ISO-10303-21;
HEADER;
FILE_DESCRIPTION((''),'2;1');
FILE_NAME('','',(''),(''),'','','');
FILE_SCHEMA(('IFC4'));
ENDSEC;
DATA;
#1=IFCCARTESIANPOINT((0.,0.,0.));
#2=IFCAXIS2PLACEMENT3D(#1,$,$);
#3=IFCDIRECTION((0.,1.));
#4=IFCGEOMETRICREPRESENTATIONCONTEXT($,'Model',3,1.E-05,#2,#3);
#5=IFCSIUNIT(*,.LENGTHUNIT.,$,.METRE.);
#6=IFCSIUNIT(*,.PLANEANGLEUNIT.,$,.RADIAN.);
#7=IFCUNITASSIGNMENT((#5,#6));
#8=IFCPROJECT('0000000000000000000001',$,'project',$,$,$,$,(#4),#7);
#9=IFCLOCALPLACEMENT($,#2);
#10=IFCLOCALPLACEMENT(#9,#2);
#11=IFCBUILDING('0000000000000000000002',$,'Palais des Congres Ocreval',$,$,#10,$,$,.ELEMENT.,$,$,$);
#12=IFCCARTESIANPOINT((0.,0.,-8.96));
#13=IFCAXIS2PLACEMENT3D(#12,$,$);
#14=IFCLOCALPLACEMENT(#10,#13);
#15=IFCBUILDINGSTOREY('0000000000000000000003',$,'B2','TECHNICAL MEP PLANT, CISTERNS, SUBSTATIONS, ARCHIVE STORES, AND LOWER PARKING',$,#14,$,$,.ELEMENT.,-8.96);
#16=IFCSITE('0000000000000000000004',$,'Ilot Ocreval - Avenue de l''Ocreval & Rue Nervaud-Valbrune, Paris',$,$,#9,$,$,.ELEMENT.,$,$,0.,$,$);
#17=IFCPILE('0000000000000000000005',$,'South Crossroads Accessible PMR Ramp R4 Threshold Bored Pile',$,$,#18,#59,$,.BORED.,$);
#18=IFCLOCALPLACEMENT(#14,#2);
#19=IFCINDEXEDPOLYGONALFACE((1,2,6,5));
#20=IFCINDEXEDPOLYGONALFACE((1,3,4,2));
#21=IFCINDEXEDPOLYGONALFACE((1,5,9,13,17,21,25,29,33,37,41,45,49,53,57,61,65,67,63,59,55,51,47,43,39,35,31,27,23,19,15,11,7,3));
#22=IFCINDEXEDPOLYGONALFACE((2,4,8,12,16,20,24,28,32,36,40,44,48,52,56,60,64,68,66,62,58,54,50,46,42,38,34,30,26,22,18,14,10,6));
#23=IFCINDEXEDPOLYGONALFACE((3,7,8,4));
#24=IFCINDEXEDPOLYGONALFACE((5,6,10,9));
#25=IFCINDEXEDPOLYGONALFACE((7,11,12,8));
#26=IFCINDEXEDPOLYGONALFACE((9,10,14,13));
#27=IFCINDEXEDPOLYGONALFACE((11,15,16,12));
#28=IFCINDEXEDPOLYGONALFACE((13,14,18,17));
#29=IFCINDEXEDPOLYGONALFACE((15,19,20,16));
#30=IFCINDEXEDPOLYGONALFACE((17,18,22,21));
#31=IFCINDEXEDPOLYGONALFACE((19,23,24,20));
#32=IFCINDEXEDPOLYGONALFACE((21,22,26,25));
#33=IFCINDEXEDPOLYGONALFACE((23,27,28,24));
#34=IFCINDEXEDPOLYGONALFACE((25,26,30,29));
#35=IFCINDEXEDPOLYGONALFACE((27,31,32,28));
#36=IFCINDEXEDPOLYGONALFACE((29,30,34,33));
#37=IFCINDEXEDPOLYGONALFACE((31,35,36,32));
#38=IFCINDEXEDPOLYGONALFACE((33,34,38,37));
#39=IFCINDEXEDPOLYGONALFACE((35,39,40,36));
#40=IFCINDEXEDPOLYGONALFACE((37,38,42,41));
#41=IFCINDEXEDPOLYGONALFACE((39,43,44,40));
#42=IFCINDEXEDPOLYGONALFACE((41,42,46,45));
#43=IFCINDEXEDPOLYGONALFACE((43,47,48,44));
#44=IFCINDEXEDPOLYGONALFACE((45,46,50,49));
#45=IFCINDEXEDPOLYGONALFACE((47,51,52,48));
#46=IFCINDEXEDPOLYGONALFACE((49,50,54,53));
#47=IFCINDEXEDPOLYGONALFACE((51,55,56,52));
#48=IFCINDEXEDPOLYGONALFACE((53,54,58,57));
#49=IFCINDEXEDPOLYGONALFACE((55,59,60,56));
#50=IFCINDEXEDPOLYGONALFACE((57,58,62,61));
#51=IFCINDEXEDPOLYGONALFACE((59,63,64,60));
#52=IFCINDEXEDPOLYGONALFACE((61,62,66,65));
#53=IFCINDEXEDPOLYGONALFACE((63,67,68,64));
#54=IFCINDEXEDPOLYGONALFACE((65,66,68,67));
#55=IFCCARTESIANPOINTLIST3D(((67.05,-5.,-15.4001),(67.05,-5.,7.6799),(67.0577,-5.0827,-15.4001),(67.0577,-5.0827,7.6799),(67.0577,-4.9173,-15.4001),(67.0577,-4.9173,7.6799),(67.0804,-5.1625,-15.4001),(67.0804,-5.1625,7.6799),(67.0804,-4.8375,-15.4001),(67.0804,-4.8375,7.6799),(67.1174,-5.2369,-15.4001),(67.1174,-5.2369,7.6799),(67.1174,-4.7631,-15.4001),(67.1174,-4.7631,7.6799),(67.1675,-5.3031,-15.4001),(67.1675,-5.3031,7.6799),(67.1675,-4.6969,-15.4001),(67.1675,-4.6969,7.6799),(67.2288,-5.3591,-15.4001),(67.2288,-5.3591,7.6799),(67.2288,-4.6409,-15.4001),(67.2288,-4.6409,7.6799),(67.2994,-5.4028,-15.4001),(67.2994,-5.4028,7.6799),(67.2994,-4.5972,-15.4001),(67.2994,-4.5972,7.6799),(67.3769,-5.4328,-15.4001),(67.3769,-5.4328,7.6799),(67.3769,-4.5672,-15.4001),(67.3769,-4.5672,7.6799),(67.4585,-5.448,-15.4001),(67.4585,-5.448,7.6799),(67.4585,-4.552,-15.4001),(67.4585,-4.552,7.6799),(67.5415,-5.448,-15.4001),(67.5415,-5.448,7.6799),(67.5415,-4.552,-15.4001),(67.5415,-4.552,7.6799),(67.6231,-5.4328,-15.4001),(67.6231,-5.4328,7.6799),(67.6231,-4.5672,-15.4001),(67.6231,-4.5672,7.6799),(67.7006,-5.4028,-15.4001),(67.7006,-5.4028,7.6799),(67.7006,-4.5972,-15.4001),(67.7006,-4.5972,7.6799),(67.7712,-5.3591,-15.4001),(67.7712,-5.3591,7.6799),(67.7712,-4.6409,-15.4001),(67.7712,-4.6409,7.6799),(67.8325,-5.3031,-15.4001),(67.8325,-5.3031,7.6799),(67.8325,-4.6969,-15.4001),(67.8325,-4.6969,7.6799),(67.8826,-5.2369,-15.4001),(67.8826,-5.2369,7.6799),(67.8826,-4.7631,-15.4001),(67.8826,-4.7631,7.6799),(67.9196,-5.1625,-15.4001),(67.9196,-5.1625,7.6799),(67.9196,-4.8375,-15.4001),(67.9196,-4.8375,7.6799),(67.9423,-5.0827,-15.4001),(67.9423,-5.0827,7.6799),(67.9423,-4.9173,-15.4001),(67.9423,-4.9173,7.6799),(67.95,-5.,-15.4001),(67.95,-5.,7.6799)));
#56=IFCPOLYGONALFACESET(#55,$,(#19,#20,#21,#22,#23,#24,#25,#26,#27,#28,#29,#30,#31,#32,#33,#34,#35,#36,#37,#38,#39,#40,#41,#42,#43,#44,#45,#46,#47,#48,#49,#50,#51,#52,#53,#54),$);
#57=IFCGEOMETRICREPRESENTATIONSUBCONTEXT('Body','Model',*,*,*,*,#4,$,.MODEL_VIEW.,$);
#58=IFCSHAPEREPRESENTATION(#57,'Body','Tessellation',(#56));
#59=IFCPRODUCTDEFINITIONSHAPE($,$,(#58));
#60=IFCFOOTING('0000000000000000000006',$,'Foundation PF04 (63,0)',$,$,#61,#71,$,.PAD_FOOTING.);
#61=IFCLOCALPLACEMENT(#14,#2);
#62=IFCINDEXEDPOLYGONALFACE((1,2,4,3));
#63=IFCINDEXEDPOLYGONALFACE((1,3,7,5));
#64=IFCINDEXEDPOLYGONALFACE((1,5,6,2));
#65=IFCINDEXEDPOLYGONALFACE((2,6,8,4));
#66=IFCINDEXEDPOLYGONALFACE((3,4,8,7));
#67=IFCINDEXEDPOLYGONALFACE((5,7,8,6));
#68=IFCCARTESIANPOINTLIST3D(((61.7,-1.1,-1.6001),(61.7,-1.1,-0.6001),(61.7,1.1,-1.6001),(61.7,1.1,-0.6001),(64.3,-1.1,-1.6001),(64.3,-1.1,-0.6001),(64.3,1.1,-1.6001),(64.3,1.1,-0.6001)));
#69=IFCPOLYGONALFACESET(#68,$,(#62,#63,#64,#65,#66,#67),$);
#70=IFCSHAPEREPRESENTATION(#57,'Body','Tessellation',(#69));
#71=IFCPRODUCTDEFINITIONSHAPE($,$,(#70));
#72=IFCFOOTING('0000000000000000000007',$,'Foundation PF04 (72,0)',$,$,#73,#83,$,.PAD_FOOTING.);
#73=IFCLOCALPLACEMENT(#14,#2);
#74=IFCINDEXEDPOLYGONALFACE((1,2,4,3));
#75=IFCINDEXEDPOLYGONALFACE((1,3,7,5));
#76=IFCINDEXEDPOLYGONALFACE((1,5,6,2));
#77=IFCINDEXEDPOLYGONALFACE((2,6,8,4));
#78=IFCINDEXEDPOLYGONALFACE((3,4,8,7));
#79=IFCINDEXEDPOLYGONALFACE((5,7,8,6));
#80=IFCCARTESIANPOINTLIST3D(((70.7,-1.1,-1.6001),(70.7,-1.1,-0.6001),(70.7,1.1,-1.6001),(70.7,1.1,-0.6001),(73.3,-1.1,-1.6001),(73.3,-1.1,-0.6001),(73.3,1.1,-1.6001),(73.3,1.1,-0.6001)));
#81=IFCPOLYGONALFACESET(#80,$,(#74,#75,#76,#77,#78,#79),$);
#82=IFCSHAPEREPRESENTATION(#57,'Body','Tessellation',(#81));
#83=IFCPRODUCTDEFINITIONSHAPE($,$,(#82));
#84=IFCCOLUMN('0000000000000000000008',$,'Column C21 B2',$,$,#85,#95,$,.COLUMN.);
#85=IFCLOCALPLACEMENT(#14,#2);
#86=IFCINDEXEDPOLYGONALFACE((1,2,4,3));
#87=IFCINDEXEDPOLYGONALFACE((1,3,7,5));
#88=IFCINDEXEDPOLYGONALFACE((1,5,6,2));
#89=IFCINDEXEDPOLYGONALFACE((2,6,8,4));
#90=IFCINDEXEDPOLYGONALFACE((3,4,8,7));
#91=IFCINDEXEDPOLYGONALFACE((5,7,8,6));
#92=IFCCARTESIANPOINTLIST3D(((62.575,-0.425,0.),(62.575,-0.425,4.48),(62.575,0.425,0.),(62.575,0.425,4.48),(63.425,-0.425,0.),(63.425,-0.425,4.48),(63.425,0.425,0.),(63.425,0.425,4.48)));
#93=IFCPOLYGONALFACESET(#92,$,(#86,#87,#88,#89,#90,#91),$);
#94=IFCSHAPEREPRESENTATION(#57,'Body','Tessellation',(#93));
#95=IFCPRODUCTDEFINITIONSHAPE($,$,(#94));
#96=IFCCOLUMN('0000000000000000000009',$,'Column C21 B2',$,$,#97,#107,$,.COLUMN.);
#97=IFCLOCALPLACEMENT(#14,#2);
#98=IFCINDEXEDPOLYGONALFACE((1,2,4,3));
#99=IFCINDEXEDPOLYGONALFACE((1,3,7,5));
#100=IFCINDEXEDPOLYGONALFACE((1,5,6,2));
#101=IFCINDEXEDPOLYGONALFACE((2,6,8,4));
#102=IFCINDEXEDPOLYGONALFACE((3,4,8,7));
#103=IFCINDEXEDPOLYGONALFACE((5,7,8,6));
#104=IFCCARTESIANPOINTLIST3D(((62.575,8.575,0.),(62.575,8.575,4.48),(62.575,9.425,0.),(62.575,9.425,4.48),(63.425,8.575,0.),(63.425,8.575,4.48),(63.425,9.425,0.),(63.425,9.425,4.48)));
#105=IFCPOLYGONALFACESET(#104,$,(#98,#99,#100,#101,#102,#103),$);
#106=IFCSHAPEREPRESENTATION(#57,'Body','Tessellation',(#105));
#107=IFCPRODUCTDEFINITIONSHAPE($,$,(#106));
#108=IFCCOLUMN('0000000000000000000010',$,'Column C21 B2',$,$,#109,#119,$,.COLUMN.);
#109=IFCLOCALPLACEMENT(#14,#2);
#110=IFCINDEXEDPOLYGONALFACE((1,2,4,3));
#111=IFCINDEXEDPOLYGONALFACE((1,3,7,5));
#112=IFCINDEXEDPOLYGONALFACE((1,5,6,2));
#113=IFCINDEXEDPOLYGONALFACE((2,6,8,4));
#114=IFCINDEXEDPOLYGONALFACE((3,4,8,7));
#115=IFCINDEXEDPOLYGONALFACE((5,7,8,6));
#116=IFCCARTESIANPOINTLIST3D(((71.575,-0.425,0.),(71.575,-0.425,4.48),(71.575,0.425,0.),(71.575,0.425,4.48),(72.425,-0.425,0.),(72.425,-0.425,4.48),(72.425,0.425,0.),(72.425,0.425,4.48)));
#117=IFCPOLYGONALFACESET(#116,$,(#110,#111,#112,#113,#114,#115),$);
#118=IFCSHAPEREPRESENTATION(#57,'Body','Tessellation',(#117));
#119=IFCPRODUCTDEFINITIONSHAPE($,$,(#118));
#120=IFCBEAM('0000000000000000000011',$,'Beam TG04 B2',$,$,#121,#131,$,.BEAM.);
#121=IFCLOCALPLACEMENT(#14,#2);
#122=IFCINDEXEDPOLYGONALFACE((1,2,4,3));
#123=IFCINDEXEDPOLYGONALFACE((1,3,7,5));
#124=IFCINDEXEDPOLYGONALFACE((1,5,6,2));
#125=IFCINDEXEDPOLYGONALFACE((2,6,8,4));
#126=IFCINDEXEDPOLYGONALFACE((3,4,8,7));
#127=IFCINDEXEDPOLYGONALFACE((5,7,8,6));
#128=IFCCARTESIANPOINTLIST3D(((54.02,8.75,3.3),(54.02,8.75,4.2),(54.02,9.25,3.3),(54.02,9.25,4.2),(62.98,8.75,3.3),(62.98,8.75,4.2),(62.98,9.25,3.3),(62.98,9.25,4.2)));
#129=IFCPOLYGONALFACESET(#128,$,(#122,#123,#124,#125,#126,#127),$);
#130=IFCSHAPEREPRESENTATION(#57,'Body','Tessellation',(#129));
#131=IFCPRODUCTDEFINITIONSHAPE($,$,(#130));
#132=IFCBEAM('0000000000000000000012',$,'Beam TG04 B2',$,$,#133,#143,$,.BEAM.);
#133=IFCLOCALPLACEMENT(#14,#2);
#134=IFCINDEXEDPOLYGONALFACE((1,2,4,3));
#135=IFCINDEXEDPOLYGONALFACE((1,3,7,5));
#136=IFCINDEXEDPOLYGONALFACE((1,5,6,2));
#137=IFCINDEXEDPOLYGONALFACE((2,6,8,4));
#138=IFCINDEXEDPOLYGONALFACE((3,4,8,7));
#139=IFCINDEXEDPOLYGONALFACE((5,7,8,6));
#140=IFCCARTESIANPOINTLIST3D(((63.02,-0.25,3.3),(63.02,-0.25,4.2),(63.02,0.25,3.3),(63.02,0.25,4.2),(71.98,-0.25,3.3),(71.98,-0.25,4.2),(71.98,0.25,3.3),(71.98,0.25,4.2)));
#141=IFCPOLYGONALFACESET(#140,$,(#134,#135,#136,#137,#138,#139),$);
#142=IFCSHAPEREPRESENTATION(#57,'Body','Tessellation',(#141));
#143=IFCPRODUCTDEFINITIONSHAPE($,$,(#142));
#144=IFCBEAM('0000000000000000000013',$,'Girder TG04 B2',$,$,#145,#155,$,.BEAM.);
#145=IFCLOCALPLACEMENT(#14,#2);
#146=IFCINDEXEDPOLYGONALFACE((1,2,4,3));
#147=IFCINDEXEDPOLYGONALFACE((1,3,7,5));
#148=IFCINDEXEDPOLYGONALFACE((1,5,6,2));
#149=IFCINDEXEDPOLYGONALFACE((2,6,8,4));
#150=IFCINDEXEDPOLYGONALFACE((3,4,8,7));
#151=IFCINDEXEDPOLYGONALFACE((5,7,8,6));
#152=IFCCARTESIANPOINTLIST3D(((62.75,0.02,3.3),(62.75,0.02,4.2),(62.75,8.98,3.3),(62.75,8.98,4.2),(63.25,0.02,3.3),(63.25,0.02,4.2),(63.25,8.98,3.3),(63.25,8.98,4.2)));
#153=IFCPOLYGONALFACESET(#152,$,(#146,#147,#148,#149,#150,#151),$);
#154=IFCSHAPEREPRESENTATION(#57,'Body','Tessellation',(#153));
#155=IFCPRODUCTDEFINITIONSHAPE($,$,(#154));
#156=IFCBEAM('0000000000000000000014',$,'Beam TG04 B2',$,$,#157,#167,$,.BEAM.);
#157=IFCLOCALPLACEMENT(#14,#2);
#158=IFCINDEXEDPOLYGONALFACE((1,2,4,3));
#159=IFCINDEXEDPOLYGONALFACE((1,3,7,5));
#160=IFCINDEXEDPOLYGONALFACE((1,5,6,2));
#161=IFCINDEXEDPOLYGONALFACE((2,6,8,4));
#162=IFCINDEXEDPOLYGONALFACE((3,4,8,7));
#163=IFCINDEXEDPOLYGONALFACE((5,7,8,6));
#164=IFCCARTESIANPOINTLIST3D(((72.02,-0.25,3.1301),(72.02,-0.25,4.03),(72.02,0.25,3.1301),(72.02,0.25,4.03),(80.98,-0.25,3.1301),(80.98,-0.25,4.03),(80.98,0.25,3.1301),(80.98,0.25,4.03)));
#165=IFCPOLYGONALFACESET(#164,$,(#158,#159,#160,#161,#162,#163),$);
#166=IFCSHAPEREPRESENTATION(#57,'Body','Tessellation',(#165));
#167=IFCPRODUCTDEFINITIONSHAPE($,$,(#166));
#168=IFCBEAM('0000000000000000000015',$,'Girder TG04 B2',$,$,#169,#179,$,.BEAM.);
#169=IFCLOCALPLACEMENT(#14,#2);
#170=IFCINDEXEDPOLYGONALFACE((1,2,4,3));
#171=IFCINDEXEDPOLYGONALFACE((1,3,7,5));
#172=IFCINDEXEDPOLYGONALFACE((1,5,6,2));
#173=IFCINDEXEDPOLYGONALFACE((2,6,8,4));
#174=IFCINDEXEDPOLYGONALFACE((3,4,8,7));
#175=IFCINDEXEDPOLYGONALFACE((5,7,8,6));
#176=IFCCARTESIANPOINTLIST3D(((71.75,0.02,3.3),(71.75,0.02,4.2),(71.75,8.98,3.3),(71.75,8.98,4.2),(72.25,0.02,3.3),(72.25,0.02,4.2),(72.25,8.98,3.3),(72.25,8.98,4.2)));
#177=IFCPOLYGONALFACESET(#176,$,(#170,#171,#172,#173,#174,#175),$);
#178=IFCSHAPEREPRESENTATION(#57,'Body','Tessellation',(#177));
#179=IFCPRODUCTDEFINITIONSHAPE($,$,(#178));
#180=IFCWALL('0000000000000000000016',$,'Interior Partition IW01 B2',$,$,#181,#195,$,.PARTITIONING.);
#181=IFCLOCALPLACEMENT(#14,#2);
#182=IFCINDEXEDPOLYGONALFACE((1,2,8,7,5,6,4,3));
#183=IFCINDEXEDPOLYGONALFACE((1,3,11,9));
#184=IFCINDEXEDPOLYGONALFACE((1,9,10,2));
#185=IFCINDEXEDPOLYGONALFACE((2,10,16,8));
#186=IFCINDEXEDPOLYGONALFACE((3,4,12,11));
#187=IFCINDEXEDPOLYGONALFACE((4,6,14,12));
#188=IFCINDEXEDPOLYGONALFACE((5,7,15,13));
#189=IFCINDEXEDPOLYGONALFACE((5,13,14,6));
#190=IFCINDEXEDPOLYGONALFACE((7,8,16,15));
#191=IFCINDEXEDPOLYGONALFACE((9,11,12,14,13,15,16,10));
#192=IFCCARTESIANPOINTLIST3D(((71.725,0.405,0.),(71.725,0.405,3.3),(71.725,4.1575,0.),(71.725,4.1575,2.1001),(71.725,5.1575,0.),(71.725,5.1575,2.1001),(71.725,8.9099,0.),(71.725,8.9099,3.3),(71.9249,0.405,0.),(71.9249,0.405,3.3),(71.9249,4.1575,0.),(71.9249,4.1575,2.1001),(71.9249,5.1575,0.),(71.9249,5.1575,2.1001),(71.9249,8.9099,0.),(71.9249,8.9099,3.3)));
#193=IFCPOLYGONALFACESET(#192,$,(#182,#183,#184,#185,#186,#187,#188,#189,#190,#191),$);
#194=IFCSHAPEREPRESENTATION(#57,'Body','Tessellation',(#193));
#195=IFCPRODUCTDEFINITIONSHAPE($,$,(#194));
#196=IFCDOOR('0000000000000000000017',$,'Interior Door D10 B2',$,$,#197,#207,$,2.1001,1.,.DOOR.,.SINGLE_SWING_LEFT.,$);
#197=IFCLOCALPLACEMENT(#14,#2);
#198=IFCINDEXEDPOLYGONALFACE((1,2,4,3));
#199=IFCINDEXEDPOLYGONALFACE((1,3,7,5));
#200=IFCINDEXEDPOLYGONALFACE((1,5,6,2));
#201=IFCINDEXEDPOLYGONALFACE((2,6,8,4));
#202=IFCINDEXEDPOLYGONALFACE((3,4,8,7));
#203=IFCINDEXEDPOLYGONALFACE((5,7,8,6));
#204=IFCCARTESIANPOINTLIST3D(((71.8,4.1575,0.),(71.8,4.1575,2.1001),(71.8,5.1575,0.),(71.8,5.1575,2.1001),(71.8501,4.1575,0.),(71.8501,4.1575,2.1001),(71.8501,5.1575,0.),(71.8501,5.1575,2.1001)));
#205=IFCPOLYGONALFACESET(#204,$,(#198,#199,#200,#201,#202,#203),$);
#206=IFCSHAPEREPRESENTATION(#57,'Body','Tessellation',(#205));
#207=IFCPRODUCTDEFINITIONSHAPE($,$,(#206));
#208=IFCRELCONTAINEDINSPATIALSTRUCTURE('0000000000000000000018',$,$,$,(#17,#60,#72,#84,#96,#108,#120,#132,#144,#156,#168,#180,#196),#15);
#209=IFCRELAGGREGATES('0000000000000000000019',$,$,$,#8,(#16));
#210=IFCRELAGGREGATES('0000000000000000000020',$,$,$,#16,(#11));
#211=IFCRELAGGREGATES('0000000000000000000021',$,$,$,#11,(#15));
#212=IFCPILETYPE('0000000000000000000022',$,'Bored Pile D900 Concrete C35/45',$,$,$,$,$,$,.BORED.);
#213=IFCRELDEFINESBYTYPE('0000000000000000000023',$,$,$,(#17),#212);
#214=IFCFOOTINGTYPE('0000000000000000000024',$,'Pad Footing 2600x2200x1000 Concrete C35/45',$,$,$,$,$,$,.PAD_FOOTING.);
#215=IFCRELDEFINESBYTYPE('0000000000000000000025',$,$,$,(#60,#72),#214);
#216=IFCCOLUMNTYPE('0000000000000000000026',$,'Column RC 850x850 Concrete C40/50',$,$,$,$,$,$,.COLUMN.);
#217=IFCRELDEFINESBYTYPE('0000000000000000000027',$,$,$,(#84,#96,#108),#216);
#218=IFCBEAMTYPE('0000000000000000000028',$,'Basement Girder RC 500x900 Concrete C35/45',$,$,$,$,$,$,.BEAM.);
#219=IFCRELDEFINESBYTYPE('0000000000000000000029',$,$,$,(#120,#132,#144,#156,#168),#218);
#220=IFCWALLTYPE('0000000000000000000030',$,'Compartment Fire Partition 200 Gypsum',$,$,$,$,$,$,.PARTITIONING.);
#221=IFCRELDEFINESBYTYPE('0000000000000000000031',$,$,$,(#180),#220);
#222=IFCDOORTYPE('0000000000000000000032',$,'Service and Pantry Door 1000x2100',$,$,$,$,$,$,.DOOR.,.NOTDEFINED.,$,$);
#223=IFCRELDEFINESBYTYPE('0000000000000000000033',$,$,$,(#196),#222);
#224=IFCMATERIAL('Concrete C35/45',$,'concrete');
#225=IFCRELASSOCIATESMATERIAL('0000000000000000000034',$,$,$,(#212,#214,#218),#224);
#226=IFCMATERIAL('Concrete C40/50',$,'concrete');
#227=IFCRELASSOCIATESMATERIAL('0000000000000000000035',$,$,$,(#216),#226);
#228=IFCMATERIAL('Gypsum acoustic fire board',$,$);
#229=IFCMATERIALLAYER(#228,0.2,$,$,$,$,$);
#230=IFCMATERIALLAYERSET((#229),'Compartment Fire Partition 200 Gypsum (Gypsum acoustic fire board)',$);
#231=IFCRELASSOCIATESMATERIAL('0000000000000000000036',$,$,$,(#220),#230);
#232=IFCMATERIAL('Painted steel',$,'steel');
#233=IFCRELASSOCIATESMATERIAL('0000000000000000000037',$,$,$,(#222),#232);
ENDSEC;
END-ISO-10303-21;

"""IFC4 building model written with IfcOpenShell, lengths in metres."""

from ifc_helpers import new_model, si_unit, direction, frame, frame_2d, origin, origin_2d, place, context, subcontext, project, spatial, rectangle, circle, extrude, material, layer, layer_set, material_profile, profile_set, type_object, element, fill, save


model = new_model("IFC4")

# Units and contexts
model_context = context("Model", 3, precision=1e-05, world=origin(), true_north=direction((0.0, 1.0)))
body_context = subcontext(model_context, "Body", "Model", "MODEL_VIEW")
ifc_project = project(units=[si_unit("LENGTHUNIT", "METRE"), si_unit("PLANEANGLEUNIT", "RADIAN")], contexts=[model_context])

# Site, building, storey
site_placement = place(None, origin())
site = spatial("IfcSite", under=ifc_project, at=site_placement, Name="Ilot Ocreval - Avenue de l'Ocreval & Rue Nervaud-Valbrune, Paris", CompositionType="ELEMENT", RefElevation=0.0)
building_placement = place(site_placement, origin())
building = spatial("IfcBuilding", under=site, at=building_placement, Name="Palais des Congres Ocreval", CompositionType="ELEMENT")
storey_placement = place(building_placement, frame((0.0, 0.0, -8.96)))
storey = spatial("IfcBuildingStorey", under=building, at=storey_placement, Name="B2", Description="TECHNICAL MEP PLANT, CISTERNS, SUBSTATIONS, ARCHIVE STORES, AND LOWER PARKING", CompositionType="ELEMENT", Elevation=-8.96)

# Pile
ifc_material_1 = material(Name="Concrete C35/45", Category="concrete")
ifc_material_profile_1 = material_profile(ifc_material_1, circle(Radius=0.45, at=origin_2d()), Name="BORED PILE 900")
ifc_profile_set_1 = profile_set([ifc_material_profile_1], Name="Concrete C35/45")
pile_type = type_object("IfcPileType", Name="Bored Pile D900 Concrete C35/45", PredefinedType="BORED", material=ifc_profile_set_1)
pile_placement = place(storey_placement, frame((67.5, -5.0, 7.6799), z_axis=(0.0, 0.0, -1.0), x_axis=(1.0, 0.0, 0.0)))
element("IfcPile", 1, at=pile_placement, inside=storey, type_object=pile_type, Name="South Crossroads Accessible PMR Ramp R4 Threshold Bored Pile", PredefinedType="BORED", context=body_context, shape_type="SweptSolid", body=[
    extrude(circle(Radius=0.45, at=origin_2d()), origin(), (0.0, 0.0, 1.0), 23.0801),
])

# Footings
footing_type = type_object("IfcFootingType", Name="Pad Footing 2600x2200x1000 Concrete C35/45", PredefinedType="PAD_FOOTING", material=ifc_material_1)
for number, where, z_axis, x_axis, name in (
    (2, (63.0, 0.0, -1.6001), (0.0, 0.0, 1.0), (1.0, 0.0, 0.0), "Foundation PF04 (63,0)"),
    (3, (72.0, 0.0, -1.6001), (0.0, 0.0, 1.0), (1.0, 0.0, 0.0), "Foundation PF04 (72,0)"),
):
    element("IfcFooting", number, at=place(storey_placement, frame(where, z_axis=z_axis, x_axis=x_axis)), inside=storey, type_object=footing_type, Name=name, PredefinedType="PAD_FOOTING", context=body_context, shape_type="SweptSolid", body=[
        extrude(rectangle(XDim=2.6001, YDim=2.2, at=origin_2d()), origin(), (0.0, 0.0, 1.0), 1.0),
    ])

# Columns
ifc_material_2 = material(Name="Concrete C40/50", Category="concrete")
ifc_material_profile_2 = material_profile(ifc_material_2, rectangle(XDim=0.8501, YDim=0.8501, at=origin_2d()), Name="RC 850x850")
ifc_profile_set_2 = profile_set([ifc_material_profile_2], Name="Concrete C40/50")
column_type = type_object("IfcColumnType", Name="Column RC 850x850 Concrete C40/50", PredefinedType="COLUMN", material=ifc_profile_set_2)
for number, where, z_axis, x_axis, name in (
    (4, (63.0, 0.0, 0.0), (0.0, 0.0, 1.0), (1.0, 0.0, 0.0), "Column C21 B2"),
    (5, (63.0, 9.0, 0.0), (0.0, 0.0, 1.0), (1.0, 0.0, 0.0), "Column C21 B2"),
    (6, (72.0, 0.0, 0.0), (0.0, 0.0, 1.0), (1.0, 0.0, 0.0), "Column C21 B2"),
):
    element("IfcColumn", number, at=place(storey_placement, frame(where, z_axis=z_axis, x_axis=x_axis)), inside=storey, type_object=column_type, Name=name, PredefinedType="COLUMN", context=body_context, shape_type="SweptSolid", body=[
        extrude(rectangle(XDim=0.8501, YDim=0.8501, at=origin_2d()), origin(), (0.0, 0.0, 1.0), 4.48),
    ])

# Beams
ifc_material_profile_3 = material_profile(ifc_material_1, rectangle(XDim=0.5, YDim=0.8999, at=origin_2d()), Name="RC 500x900")
ifc_profile_set_3 = profile_set([ifc_material_profile_3], Name="Concrete C35/45")
beam_type = type_object("IfcBeamType", Name="Basement Girder RC 500x900 Concrete C35/45", PredefinedType="BEAM", material=ifc_profile_set_3)
for number, where, z_axis, x_axis, name in (
    (7, (54.02, 9.0, 3.75), (1.0, 0.0, 0.0), (0.0, 1.0, 0.0), "Beam TG04 B2"),
    (8, (63.02, 0.0, 3.75), (1.0, 0.0, 0.0), (0.0, 1.0, 0.0), "Beam TG04 B2"),
    (9, (63.0, 0.02, 3.75), (0.0, 1.0, 0.0), (-1.0, 0.0, 0.0), "Girder TG04 B2"),
    (10, (72.02, 0.0, 3.5801), (1.0, 0.0, 0.0), (0.0, 1.0, 0.0), "Beam TG04 B2"),
    (11, (72.0, 0.02, 3.75), (0.0, 1.0, 0.0), (-1.0, 0.0, 0.0), "Girder TG04 B2"),
):
    element("IfcBeam", number, at=place(storey_placement, frame(where, z_axis=z_axis, x_axis=x_axis)), inside=storey, type_object=beam_type, Name=name, PredefinedType="BEAM", context=body_context, shape_type="SweptSolid", body=[
        extrude(rectangle(XDim=0.5, YDim=0.8999, at=origin_2d()), origin(), (0.0, 0.0, 1.0), 8.96),
    ])

# Wall, opening, door
ifc_material_3 = material(Name="Gypsum acoustic fire board")
ifc_layer_1 = layer(ifc_material_3, 0.2)
ifc_layer_set_1 = layer_set([ifc_layer_1], Name="Compartment Fire Partition 200 Gypsum (Gypsum acoustic fire board)")
wall_type_1 = type_object("IfcWallType", Name="Compartment Fire Partition 200 Gypsum", PredefinedType="PARTITIONING", material=ifc_layer_set_1)
wall_1_placement = place(storey_placement, frame((71.825, 0.405, 0.0), z_axis=(0.0, 0.0, 1.0), x_axis=(0.0, 1.0, 0.0)))
wall_1 = element("IfcWall", 12, at=wall_1_placement, inside=storey, type_object=wall_type_1, Name="Interior Partition IW01 B2", PredefinedType="PARTITIONING", context=body_context, shape_type="SweptSolid", body=[
    extrude(rectangle(XDim=8.5049, YDim=0.2, at=frame_2d((4.2524, 0.0))), origin(), (0.0, 0.0, 1.0), 3.3),
])
opening_1_placement = place(wall_1_placement, frame((3.7524, 0.0, 0.0)))
opening_1 = element("IfcOpeningElement", 13, at=opening_1_placement, cuts=wall_1, PredefinedType="OPENING", context=body_context, shape_type="SweptSolid", body=[
    extrude(rectangle(XDim=1.0, YDim=2.1001, at=frame_2d((0.5, 1.05))), frame((0.0, 0.1099, 0.0), z_axis=(0.0, -1.0, 0.0), x_axis=(1.0, 0.0, 0.0)), (0.0, 0.0, 1.0), 0.22),
])
ifc_material_4 = material(Name="Painted steel", Category="steel")
door_type_1 = type_object("IfcDoorType", Name="Service and Pantry Door 1000x2100", OperationType="NOTDEFINED", PredefinedType="DOOR", material=ifc_material_4)
door_1_placement = place(opening_1_placement, origin())
door_1 = element("IfcDoor", 14, at=door_1_placement, inside=storey, type_object=door_type_1, Name="Interior Door D10 B2", OperationType="SINGLE_SWING_LEFT", OverallHeight=2.1001, OverallWidth=1.0, PredefinedType="DOOR", context=body_context, shape_type="SweptSolid", body=[
    extrude(rectangle(XDim=1.0, YDim=2.1001, at=frame_2d((0.5, 1.05))), frame((0.0, 0.0249, 0.0), z_axis=(0.0, -1.0, 0.0), x_axis=(1.0, 0.0, 0.0)), (0.0, 0.0, 1.0), 0.05),
])
fill(opening_1, door_1)

save(model, "model.ifc")
